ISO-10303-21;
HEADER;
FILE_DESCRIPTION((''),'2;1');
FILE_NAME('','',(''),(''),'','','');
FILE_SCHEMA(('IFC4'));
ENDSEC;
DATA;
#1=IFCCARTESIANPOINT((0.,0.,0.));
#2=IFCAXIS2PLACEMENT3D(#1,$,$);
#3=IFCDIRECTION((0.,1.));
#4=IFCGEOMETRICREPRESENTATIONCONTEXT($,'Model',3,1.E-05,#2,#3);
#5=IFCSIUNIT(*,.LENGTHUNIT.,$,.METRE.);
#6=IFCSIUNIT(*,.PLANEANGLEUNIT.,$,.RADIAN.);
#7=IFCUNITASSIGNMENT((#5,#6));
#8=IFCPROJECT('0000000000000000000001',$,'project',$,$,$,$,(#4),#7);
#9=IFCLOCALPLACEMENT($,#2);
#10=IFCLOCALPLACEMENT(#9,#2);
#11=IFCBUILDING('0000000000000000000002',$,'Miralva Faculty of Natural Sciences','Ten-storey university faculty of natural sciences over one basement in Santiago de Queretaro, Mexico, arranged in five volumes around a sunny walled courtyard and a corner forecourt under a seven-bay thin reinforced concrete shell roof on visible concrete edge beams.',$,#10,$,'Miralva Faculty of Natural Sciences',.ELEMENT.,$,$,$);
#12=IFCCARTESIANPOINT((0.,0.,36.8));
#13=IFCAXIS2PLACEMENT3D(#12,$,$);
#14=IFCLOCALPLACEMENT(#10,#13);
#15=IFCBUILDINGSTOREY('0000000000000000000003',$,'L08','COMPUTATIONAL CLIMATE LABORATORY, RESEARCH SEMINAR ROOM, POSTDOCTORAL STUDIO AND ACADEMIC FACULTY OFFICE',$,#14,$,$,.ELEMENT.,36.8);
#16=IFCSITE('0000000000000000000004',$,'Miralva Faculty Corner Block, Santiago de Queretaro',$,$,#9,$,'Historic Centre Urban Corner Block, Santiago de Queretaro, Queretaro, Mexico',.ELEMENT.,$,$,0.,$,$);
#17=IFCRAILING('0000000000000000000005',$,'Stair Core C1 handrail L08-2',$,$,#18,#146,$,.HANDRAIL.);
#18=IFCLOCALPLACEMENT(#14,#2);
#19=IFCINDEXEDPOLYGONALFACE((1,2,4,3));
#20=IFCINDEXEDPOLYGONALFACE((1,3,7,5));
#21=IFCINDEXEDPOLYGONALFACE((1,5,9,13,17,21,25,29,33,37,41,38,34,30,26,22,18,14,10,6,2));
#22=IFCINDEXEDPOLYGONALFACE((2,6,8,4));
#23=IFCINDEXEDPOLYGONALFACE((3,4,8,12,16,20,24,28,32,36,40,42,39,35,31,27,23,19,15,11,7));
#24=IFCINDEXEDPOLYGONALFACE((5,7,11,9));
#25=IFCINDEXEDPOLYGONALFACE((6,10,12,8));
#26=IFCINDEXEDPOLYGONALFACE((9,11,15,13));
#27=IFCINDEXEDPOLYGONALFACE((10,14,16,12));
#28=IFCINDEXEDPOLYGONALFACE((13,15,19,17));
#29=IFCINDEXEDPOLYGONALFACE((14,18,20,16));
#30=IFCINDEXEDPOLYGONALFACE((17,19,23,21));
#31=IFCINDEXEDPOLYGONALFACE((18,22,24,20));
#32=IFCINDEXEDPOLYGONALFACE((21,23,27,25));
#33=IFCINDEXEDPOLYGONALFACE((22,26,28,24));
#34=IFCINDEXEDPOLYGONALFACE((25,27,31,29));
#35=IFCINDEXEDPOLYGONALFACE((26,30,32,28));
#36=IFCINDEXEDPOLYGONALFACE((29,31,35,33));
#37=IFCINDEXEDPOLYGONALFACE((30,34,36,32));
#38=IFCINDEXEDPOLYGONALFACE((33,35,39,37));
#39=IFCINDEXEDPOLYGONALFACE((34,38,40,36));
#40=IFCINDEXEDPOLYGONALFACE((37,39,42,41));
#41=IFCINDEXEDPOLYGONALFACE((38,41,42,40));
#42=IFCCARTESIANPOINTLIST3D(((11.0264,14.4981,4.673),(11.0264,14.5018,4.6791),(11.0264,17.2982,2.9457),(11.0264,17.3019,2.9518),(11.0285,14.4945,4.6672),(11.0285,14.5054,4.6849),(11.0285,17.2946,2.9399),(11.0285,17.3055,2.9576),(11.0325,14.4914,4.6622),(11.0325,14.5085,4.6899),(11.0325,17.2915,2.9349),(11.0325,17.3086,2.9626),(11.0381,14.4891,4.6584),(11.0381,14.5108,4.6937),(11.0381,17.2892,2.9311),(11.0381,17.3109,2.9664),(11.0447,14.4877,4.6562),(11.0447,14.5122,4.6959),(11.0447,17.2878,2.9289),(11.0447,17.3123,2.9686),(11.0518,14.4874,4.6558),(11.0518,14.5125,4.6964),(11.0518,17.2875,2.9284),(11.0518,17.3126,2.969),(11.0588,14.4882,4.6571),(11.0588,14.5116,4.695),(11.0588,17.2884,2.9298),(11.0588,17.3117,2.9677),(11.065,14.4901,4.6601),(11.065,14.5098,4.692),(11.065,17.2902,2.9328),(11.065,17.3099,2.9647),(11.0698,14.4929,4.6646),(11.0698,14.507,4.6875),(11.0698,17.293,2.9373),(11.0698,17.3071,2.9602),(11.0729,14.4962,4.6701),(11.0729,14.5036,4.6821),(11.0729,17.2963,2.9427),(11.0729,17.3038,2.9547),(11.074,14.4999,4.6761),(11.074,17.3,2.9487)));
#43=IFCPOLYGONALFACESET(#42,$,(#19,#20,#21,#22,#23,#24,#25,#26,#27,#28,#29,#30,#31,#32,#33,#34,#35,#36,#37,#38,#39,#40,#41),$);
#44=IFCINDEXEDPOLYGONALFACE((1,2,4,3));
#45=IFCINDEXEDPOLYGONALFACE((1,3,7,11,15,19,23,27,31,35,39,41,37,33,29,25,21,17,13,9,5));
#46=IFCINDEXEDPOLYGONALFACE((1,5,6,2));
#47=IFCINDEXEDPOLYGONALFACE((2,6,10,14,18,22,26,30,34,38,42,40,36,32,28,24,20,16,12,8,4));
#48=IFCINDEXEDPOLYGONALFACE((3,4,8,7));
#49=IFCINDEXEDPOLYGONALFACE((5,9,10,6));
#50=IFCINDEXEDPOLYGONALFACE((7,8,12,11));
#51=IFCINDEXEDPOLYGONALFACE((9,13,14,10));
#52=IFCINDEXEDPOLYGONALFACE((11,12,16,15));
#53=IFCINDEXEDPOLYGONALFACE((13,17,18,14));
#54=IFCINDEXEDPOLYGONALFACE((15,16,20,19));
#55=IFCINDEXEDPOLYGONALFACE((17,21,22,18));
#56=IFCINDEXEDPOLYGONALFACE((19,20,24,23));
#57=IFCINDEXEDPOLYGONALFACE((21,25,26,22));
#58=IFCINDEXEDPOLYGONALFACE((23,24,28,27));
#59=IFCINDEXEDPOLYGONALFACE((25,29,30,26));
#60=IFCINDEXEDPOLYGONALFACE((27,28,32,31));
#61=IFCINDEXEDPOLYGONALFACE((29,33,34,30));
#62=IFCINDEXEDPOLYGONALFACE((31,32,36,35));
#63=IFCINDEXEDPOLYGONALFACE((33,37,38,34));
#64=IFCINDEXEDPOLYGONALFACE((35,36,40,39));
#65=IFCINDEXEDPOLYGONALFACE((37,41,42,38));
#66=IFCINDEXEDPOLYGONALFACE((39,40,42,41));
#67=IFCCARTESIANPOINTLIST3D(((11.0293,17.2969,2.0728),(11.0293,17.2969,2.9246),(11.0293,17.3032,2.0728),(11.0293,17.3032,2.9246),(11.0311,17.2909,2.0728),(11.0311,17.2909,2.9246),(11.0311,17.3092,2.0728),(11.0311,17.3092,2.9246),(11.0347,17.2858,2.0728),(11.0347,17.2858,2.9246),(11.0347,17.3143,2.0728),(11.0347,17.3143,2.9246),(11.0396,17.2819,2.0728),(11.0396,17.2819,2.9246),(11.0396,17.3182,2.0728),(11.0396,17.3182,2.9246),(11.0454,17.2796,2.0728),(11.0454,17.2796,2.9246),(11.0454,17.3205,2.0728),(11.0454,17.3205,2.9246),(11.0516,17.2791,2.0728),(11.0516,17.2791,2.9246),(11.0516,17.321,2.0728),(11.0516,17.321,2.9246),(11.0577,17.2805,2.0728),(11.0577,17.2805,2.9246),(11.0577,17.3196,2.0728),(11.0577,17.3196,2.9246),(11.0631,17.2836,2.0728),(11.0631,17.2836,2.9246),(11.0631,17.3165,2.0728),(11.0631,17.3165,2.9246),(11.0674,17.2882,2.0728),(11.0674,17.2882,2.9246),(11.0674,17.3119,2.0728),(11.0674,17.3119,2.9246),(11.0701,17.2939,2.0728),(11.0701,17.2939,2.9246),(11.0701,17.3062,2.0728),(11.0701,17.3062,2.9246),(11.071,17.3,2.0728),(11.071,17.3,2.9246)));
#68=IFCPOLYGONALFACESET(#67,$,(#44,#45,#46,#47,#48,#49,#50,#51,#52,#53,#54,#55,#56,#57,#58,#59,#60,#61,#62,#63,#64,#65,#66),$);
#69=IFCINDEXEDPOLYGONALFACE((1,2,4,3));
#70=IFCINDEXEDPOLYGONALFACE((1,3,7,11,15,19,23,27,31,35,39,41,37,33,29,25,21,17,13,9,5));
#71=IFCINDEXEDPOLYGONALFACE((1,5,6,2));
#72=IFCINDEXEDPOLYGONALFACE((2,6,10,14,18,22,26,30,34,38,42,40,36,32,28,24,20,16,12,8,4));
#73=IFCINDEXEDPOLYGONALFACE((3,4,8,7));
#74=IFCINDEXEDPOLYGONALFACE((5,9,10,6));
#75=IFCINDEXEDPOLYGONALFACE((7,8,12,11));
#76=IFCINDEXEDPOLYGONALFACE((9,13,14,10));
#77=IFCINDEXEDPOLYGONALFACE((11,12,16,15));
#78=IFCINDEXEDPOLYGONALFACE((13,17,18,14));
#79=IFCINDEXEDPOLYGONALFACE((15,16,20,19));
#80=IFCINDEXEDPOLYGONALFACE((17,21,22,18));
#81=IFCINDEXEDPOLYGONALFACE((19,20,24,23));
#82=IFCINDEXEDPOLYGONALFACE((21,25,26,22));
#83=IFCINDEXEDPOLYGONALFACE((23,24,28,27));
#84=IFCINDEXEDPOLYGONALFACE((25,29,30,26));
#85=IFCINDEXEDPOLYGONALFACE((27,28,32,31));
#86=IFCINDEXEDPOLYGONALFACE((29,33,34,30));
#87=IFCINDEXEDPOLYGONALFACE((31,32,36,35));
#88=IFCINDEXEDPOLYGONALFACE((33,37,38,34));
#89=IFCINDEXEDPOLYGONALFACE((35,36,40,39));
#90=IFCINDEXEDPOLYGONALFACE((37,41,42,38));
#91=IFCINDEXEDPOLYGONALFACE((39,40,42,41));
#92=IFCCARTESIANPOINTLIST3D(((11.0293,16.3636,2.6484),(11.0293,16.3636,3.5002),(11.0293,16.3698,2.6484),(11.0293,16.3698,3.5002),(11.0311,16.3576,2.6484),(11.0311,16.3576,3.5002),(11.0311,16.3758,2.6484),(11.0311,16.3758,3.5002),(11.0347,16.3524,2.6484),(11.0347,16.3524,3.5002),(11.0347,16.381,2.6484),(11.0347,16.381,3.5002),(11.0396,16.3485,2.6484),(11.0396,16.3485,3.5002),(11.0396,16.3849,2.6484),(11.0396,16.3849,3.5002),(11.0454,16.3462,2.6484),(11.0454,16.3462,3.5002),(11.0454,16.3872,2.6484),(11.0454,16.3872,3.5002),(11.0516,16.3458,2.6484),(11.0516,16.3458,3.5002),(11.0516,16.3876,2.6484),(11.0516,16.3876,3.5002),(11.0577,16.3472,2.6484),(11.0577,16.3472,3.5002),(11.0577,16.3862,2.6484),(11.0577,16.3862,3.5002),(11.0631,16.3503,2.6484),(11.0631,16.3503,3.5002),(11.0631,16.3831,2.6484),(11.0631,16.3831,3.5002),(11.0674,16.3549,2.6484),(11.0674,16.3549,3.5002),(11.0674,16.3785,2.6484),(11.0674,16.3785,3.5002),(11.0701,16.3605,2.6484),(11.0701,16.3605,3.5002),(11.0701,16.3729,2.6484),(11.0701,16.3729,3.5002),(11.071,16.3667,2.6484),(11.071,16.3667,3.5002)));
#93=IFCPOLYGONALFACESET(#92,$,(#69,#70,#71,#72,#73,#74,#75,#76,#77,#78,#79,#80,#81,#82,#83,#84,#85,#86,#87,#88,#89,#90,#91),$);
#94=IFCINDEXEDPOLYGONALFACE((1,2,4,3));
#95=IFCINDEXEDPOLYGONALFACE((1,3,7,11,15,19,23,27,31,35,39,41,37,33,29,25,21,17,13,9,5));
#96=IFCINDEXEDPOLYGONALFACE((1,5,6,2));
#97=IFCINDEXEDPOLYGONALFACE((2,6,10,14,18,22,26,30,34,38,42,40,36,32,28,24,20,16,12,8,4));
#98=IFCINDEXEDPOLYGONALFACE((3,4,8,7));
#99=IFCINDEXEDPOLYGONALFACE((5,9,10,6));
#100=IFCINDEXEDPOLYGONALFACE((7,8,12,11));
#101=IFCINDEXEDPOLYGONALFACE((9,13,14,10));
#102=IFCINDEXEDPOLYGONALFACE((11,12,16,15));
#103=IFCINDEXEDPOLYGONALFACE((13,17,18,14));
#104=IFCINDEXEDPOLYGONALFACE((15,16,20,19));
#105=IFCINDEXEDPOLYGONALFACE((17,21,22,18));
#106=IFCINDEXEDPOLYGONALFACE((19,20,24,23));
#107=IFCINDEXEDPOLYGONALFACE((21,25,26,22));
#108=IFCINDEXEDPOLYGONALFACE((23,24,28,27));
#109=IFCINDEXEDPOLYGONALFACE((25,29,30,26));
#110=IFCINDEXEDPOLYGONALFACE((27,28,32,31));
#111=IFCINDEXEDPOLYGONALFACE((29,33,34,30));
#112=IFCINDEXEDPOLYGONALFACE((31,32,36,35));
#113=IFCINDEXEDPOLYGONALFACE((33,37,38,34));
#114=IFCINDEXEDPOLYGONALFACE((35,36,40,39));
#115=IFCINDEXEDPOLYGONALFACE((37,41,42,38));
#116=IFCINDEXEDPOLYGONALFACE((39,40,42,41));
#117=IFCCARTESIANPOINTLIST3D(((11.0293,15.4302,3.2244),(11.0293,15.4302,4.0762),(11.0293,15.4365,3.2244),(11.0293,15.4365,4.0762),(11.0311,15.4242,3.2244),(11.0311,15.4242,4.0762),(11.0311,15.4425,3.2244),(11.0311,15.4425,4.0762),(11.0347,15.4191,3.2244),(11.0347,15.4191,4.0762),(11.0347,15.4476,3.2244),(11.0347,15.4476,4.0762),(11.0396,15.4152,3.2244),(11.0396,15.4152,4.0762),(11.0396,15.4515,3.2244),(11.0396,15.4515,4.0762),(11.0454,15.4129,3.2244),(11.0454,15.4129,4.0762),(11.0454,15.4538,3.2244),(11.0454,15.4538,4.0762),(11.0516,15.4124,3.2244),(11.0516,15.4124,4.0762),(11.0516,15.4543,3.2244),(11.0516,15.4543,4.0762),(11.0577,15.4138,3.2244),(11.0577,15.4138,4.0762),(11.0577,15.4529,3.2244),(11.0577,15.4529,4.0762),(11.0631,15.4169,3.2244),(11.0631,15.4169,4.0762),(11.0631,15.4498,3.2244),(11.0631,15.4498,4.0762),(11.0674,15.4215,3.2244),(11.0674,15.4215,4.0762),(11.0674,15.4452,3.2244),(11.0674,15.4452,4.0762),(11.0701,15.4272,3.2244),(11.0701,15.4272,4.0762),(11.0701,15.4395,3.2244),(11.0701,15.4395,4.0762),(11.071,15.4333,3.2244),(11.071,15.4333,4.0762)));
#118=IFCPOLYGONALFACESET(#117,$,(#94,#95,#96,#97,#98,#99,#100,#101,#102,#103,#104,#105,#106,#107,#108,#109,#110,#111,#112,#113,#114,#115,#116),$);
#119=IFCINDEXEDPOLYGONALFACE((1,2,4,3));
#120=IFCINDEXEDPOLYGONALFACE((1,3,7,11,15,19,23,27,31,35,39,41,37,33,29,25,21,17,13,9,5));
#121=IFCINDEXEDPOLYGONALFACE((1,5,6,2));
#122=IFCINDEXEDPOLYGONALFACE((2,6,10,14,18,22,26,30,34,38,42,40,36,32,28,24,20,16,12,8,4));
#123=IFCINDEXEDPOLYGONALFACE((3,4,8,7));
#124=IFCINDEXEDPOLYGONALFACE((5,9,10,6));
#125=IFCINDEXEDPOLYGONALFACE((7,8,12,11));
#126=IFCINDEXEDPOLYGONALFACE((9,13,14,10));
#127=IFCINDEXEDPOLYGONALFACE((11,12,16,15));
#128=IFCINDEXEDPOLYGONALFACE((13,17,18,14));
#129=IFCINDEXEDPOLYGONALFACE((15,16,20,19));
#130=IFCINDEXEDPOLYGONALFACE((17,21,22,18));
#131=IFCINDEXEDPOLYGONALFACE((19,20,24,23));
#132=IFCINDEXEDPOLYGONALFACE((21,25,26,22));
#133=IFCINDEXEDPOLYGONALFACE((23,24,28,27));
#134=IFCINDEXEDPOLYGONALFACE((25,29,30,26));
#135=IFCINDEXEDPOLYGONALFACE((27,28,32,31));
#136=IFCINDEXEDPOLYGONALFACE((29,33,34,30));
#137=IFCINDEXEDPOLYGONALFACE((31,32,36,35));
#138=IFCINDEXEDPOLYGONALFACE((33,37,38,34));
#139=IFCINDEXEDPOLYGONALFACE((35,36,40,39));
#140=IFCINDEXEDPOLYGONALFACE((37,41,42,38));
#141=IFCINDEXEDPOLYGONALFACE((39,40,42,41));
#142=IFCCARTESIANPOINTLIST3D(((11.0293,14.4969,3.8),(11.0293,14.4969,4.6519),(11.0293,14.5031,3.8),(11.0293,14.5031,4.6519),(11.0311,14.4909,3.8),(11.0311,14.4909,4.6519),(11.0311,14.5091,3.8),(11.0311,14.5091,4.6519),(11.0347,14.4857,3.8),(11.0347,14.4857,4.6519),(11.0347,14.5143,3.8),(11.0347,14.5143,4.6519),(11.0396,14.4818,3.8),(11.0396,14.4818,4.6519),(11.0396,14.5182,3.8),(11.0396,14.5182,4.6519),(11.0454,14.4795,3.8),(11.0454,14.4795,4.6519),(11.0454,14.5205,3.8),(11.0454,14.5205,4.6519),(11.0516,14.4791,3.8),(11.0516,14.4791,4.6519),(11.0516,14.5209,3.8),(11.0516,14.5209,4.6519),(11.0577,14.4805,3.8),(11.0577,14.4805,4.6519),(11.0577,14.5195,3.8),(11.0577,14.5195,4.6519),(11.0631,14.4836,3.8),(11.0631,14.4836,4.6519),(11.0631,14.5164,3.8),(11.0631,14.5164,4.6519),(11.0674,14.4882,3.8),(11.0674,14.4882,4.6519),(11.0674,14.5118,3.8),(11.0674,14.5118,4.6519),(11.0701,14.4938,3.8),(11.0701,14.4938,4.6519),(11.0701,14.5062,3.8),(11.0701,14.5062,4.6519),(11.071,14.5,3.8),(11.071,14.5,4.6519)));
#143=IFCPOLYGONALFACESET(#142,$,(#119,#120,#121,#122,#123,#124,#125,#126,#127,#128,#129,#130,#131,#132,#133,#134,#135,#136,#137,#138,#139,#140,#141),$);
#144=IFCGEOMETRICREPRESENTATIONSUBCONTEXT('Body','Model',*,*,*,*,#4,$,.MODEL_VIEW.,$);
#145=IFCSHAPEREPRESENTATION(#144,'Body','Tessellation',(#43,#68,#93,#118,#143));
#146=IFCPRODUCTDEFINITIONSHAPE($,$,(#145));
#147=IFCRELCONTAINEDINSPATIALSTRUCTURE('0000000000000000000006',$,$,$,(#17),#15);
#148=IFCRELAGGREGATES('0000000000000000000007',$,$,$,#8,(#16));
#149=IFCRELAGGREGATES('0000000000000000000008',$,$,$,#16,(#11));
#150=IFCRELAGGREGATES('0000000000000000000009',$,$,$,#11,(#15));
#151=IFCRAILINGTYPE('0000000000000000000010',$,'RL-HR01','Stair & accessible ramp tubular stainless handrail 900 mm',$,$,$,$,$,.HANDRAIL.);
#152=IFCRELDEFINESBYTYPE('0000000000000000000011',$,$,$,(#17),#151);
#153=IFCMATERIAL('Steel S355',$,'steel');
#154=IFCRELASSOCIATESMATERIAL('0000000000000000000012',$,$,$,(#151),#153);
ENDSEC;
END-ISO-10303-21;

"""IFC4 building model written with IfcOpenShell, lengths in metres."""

from ifc_helpers import new_model, si_unit, direction, frame, origin, origin_2d, place, context, subcontext, project, spatial, circle, extrude, material, type_object, element, save


model = new_model("IFC4")

# Units and contexts
model_context = context("Model", 3, precision=1e-05, world=origin(), true_north=direction((0.0, 1.0)))
body_context = subcontext(model_context, "Body", "Model", "MODEL_VIEW")
ifc_project = project(units=[si_unit("LENGTHUNIT", "METRE"), si_unit("PLANEANGLEUNIT", "RADIAN")], contexts=[model_context])

# Site, building, storey
site_placement = place(None, origin())
site = spatial("IfcSite", under=ifc_project, at=site_placement, Name="Miralva Faculty Corner Block, Santiago de Queretaro", LongName="Historic Centre Urban Corner Block, Santiago de Queretaro, Queretaro, Mexico", CompositionType="ELEMENT", RefElevation=0.0)
building_placement = place(site_placement, origin())
building = spatial("IfcBuilding", under=site, at=building_placement, Name="Miralva Faculty of Natural Sciences", Description="Ten-storey university faculty of natural sciences over one basement in Santiago de Queretaro, Mexico, arranged in five volumes around a sunny walled courtyard and a corner forecourt under a seven-bay thin reinforced concrete shell roof on visible concrete edge beams.", LongName="Miralva Faculty of Natural Sciences", CompositionType="ELEMENT")
storey_placement = place(building_placement, frame((0.0, 0.0, 36.8)))
storey = spatial("IfcBuildingStorey", under=building, at=storey_placement, Name="L08", Description="COMPUTATIONAL CLIMATE LABORATORY, RESEARCH SEMINAR ROOM, POSTDOCTORAL STUDIO AND ACADEMIC FACULTY OFFICE", CompositionType="ELEMENT", Elevation=36.8)

# Railing
ifc_material_1 = material(Name="Steel S355", Category="steel")
railing_type_1 = type_object("IfcRailingType", Name="RL-HR01", Description="Stair & accessible ramp tubular stainless handrail 900 mm", PredefinedType="HANDRAIL", material=ifc_material_1)
railing_1_placement = place(storey_placement, frame((11.05, 17.3, 2.0728)))
element("IfcRailing", 1, at=railing_1_placement, inside=storey, type_object=railing_type_1, Name="Stair Core C1 handrail L08-2", PredefinedType="HANDRAIL", context=body_context, shape_type="SweptSolid", body=[
    extrude(circle(Radius=0.0239, at=origin_2d()), frame((0.0, 0.0, 0.876), z_axis=(0.0, -0.85109, 0.52502), x_axis=(1.0, 0.0, 0.0)), (0.0, 0.0, 1.0), 3.29),
    extrude(circle(Radius=0.021, at=origin_2d()), origin(), (0.0, 0.0, 1.0), 0.8518),
    extrude(circle(Radius=0.021, at=origin_2d()), frame((0.0, -0.9333, 0.5757)), (0.0, 0.0, 1.0), 0.8518),
    extrude(circle(Radius=0.021, at=origin_2d()), frame((0.0, -1.8667, 1.1516)), (0.0, 0.0, 1.0), 0.8518),
    extrude(circle(Radius=0.021, at=origin_2d()), frame((0.0, -2.8, 1.7273)), (0.0, 0.0, 1.0), 0.8518),
])

save(model, "model.ifc")
